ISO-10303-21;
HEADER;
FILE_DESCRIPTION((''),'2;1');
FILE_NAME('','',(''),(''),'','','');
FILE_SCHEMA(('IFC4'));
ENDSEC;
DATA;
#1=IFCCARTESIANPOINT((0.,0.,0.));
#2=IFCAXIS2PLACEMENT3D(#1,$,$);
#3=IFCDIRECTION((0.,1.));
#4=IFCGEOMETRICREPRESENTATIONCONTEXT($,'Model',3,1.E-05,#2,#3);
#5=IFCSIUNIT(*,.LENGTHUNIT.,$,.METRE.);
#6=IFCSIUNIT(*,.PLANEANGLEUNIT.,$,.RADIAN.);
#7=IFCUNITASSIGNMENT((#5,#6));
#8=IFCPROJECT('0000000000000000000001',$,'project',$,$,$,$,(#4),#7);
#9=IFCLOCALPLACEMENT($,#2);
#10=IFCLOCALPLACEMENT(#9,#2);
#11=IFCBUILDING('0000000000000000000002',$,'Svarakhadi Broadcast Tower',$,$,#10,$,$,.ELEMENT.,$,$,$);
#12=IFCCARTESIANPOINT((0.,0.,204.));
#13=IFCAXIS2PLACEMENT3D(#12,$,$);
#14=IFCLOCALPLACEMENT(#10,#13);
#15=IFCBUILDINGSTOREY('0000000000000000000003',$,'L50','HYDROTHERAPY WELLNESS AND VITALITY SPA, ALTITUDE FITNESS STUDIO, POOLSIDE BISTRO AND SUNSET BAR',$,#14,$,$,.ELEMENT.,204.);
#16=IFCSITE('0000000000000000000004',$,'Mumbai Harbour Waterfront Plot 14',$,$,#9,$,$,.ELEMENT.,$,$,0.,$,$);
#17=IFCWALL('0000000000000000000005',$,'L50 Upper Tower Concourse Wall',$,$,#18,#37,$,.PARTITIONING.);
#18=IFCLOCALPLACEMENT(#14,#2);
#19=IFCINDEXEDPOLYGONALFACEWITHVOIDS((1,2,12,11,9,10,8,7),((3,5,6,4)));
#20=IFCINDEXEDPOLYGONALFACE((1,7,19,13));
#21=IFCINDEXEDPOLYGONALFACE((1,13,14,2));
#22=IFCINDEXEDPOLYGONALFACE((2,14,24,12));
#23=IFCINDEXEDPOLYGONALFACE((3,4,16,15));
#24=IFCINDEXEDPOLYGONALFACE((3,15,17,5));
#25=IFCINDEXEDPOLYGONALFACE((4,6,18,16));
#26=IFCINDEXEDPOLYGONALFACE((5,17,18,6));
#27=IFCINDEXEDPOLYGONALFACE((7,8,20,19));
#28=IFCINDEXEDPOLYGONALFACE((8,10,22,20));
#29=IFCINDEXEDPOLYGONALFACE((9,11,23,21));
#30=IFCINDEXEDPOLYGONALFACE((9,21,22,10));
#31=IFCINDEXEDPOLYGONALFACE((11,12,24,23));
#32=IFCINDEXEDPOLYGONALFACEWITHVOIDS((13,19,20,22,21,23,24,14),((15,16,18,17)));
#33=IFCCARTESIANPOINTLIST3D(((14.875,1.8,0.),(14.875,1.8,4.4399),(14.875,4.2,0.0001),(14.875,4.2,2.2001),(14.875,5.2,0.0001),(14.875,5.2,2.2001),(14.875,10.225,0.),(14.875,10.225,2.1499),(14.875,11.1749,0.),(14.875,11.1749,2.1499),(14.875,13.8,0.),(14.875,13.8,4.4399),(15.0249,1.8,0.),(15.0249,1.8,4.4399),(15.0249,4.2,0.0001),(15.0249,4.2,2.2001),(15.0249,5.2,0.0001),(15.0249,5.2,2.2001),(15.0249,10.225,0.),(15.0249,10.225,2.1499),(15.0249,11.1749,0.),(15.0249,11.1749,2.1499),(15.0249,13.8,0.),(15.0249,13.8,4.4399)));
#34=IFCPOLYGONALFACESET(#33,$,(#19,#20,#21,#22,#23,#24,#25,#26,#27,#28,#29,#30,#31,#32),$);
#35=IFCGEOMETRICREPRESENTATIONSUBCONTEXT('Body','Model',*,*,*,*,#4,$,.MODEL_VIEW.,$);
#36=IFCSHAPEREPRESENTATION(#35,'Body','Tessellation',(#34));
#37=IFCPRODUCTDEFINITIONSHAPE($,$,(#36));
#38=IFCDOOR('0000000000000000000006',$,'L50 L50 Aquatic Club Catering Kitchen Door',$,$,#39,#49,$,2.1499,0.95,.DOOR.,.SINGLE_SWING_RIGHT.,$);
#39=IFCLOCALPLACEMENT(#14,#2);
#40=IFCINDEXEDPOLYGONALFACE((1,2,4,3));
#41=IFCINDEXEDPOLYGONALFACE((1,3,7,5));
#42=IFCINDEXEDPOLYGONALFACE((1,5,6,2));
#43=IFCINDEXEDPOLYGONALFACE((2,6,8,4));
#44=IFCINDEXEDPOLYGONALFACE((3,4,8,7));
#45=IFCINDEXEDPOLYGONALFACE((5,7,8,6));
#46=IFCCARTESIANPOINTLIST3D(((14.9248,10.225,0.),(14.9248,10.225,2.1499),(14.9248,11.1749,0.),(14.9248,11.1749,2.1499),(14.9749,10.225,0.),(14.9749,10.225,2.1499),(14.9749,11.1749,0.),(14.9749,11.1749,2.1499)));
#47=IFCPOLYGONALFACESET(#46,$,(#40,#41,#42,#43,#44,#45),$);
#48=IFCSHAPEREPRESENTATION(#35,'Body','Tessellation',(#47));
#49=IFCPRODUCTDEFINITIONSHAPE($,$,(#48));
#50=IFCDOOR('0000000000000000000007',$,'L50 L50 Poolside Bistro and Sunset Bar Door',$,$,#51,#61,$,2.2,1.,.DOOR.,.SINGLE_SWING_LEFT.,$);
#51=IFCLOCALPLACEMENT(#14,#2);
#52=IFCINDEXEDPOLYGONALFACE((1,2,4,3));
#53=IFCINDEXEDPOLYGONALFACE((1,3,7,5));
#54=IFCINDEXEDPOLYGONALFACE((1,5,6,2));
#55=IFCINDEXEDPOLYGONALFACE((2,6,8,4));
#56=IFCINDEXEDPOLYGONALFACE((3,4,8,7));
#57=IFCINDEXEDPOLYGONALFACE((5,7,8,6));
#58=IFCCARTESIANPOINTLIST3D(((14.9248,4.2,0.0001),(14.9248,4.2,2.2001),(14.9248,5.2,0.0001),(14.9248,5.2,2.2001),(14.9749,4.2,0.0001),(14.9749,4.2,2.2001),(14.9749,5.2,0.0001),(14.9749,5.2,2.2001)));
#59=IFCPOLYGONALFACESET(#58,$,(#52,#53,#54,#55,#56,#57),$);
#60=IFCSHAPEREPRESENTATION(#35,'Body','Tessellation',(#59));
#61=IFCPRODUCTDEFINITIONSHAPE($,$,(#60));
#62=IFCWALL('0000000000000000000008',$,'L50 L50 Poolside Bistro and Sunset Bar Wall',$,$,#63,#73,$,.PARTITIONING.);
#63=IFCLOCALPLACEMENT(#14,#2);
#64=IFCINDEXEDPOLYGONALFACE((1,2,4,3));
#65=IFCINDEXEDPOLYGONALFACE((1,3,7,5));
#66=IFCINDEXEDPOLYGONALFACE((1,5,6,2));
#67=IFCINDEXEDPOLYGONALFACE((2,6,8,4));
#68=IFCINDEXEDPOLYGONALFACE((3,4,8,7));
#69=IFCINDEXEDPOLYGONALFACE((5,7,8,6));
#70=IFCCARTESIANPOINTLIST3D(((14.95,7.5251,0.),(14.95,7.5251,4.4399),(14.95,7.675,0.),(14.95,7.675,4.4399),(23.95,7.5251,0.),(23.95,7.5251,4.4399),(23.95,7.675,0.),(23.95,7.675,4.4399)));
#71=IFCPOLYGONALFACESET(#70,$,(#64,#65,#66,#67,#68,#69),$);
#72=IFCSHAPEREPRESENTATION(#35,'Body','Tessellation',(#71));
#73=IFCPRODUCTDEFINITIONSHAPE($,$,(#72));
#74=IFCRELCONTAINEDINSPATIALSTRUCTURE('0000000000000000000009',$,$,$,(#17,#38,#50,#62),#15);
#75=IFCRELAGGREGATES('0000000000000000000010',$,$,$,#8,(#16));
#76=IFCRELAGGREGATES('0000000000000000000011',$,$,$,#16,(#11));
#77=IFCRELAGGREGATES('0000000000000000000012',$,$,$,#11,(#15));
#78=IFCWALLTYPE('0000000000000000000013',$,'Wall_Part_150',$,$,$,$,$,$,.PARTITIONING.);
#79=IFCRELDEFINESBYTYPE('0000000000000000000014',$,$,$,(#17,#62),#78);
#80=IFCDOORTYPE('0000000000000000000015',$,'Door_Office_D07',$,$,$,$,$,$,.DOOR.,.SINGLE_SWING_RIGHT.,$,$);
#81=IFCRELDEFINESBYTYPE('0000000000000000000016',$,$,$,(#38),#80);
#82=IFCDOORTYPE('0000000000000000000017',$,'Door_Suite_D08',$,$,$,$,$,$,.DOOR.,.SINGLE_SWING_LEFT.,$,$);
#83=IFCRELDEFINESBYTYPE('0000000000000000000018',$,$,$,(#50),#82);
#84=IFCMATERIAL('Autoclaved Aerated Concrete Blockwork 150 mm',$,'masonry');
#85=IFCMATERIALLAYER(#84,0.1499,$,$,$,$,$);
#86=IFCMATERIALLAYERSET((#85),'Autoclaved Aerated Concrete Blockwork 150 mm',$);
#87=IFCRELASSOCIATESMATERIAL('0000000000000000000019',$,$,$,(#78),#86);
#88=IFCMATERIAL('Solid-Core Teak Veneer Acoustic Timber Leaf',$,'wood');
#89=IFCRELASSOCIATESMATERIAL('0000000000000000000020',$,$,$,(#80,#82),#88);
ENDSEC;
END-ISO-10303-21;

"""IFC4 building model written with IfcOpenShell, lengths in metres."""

from ifc_helpers import new_model, si_unit, direction, frame, frame_2d, origin, place, context, subcontext, project, spatial, rectangle, extrude, material, layer, layer_set, type_object, element, fill, save


model = new_model("IFC4")

# Units and contexts
model_context = context("Model", 3, precision=1e-05, world=origin(), true_north=direction((0.0, 1.0)))
body_context = subcontext(model_context, "Body", "Model", "MODEL_VIEW")
ifc_project = project(units=[si_unit("LENGTHUNIT", "METRE"), si_unit("PLANEANGLEUNIT", "RADIAN")], contexts=[model_context])

# Site, building, storey
site_placement = place(None, origin())
site = spatial("IfcSite", under=ifc_project, at=site_placement, Name="Mumbai Harbour Waterfront Plot 14", CompositionType="ELEMENT", RefElevation=0.0)
building_placement = place(site_placement, origin())
building = spatial("IfcBuilding", under=site, at=building_placement, Name="Svarakhadi Broadcast Tower", CompositionType="ELEMENT")
storey_placement = place(building_placement, frame((0.0, 0.0, 204.0)))
storey = spatial("IfcBuildingStorey", under=building, at=storey_placement, Name="L50", Description="HYDROTHERAPY WELLNESS AND VITALITY SPA, ALTITUDE FITNESS STUDIO, POOLSIDE BISTRO AND SUNSET BAR", CompositionType="ELEMENT", Elevation=204.0)

# Shared definitions
ifc_material_1 = material(Name="Autoclaved Aerated Concrete Blockwork 150 mm", Category="masonry")
ifc_layer = layer(ifc_material_1, 0.1499)
ifc_layer_set = layer_set([ifc_layer], Name="Autoclaved Aerated Concrete Blockwork 150 mm")
wall_type = type_object("IfcWallType", Name="Wall_Part_150", PredefinedType="PARTITIONING", material=ifc_layer_set)

# Wall, openings, doors
wall_1_placement = place(storey_placement, frame((14.95, 13.8, 0.0), z_axis=(0.0, 0.0, 1.0), x_axis=(0.0, -1.0, 0.0)))
wall_1 = element("IfcWall", 1, at=wall_1_placement, inside=storey, type_object=wall_type, Name="L50 Upper Tower Concourse Wall", PredefinedType="PARTITIONING", context=body_context, shape_type="SweptSolid", body=[
    extrude(rectangle(XDim=12.0, YDim=0.1499, at=frame_2d((6.0, 0.0))), origin(), (0.0, 0.0, 1.0), 4.4399),
])
opening_1_placement = place(wall_1_placement, frame((8.6001, 0.0, 0.0)))
opening_1 = element("IfcOpeningElement", 2, at=opening_1_placement, cuts=wall_1, PredefinedType="OPENING", context=body_context, shape_type="SweptSolid", body=[
    extrude(rectangle(XDim=1.0, YDim=2.2, at=frame_2d((0.5, 1.1001))), frame((0.0, 0.085, 0.0), z_axis=(0.0, -1.0, 0.0), x_axis=(1.0, 0.0, 0.0)), (0.0, 0.0, 1.0), 0.1699),
])
opening_2_placement = place(wall_1_placement, frame((2.625, 0.0, 0.0)))
opening_2 = element("IfcOpeningElement", 3, at=opening_2_placement, cuts=wall_1, PredefinedType="OPENING", context=body_context, shape_type="SweptSolid", body=[
    extrude(rectangle(XDim=0.95, YDim=2.1499, at=frame_2d((0.4751, 1.075))), frame((0.0, 0.085, 0.0), z_axis=(0.0, -1.0, 0.0), x_axis=(1.0, 0.0, 0.0)), (0.0, 0.0, 1.0), 0.1699),
])
ifc_material_2 = material(Name="Solid-Core Teak Veneer Acoustic Timber Leaf", Category="wood")
door_type_1 = type_object("IfcDoorType", Name="Door_Office_D07", OperationType="SINGLE_SWING_RIGHT", PredefinedType="DOOR", material=ifc_material_2)
door_1_placement = place(opening_2_placement, origin())
door_1 = element("IfcDoor", 4, at=door_1_placement, inside=storey, type_object=door_type_1, Name="L50 L50 Aquatic Club Catering Kitchen Door", OperationType="SINGLE_SWING_RIGHT", OverallHeight=2.1499, OverallWidth=0.95, PredefinedType="DOOR", context=body_context, shape_type="SweptSolid", body=[
    extrude(rectangle(XDim=0.95, YDim=2.1499, at=frame_2d((0.4751, 1.075))), frame((0.0, 0.0249, 0.0), z_axis=(0.0, -1.0, 0.0), x_axis=(1.0, 0.0, 0.0)), (0.0, 0.0, 1.0), 0.05),
])
fill(opening_2, door_1)
door_type_2 = type_object("IfcDoorType", Name="Door_Suite_D08", OperationType="SINGLE_SWING_LEFT", PredefinedType="DOOR", material=ifc_material_2)
door_2_placement = place(opening_1_placement, origin())
door_2 = element("IfcDoor", 5, at=door_2_placement, inside=storey, type_object=door_type_2, Name="L50 L50 Poolside Bistro and Sunset Bar Door", OperationType="SINGLE_SWING_LEFT", OverallHeight=2.2, OverallWidth=1.0, PredefinedType="DOOR", context=body_context, shape_type="SweptSolid", body=[
    extrude(rectangle(XDim=1.0, YDim=2.2, at=frame_2d((0.5, 1.1001))), frame((0.0, 0.0249, 0.0), z_axis=(0.0, -1.0, 0.0), x_axis=(1.0, 0.0, 0.0)), (0.0, 0.0, 1.0), 0.05),
])
fill(opening_1, door_2)

# Wall
wall_2_placement = place(storey_placement, frame((14.95, 7.6001, 0.0), z_axis=(0.0, 0.0, 1.0), x_axis=(1.0, 0.0, 0.0)))
element("IfcWall", 6, at=wall_2_placement, inside=storey, type_object=wall_type, Name="L50 L50 Poolside Bistro and Sunset Bar Wall", PredefinedType="PARTITIONING", context=body_context, shape_type="SweptSolid", body=[
    extrude(rectangle(XDim=9.0, YDim=0.1499, at=frame_2d((4.5, 0.0))), origin(), (0.0, 0.0, 1.0), 4.4399),
])

save(model, "model.ifc")
